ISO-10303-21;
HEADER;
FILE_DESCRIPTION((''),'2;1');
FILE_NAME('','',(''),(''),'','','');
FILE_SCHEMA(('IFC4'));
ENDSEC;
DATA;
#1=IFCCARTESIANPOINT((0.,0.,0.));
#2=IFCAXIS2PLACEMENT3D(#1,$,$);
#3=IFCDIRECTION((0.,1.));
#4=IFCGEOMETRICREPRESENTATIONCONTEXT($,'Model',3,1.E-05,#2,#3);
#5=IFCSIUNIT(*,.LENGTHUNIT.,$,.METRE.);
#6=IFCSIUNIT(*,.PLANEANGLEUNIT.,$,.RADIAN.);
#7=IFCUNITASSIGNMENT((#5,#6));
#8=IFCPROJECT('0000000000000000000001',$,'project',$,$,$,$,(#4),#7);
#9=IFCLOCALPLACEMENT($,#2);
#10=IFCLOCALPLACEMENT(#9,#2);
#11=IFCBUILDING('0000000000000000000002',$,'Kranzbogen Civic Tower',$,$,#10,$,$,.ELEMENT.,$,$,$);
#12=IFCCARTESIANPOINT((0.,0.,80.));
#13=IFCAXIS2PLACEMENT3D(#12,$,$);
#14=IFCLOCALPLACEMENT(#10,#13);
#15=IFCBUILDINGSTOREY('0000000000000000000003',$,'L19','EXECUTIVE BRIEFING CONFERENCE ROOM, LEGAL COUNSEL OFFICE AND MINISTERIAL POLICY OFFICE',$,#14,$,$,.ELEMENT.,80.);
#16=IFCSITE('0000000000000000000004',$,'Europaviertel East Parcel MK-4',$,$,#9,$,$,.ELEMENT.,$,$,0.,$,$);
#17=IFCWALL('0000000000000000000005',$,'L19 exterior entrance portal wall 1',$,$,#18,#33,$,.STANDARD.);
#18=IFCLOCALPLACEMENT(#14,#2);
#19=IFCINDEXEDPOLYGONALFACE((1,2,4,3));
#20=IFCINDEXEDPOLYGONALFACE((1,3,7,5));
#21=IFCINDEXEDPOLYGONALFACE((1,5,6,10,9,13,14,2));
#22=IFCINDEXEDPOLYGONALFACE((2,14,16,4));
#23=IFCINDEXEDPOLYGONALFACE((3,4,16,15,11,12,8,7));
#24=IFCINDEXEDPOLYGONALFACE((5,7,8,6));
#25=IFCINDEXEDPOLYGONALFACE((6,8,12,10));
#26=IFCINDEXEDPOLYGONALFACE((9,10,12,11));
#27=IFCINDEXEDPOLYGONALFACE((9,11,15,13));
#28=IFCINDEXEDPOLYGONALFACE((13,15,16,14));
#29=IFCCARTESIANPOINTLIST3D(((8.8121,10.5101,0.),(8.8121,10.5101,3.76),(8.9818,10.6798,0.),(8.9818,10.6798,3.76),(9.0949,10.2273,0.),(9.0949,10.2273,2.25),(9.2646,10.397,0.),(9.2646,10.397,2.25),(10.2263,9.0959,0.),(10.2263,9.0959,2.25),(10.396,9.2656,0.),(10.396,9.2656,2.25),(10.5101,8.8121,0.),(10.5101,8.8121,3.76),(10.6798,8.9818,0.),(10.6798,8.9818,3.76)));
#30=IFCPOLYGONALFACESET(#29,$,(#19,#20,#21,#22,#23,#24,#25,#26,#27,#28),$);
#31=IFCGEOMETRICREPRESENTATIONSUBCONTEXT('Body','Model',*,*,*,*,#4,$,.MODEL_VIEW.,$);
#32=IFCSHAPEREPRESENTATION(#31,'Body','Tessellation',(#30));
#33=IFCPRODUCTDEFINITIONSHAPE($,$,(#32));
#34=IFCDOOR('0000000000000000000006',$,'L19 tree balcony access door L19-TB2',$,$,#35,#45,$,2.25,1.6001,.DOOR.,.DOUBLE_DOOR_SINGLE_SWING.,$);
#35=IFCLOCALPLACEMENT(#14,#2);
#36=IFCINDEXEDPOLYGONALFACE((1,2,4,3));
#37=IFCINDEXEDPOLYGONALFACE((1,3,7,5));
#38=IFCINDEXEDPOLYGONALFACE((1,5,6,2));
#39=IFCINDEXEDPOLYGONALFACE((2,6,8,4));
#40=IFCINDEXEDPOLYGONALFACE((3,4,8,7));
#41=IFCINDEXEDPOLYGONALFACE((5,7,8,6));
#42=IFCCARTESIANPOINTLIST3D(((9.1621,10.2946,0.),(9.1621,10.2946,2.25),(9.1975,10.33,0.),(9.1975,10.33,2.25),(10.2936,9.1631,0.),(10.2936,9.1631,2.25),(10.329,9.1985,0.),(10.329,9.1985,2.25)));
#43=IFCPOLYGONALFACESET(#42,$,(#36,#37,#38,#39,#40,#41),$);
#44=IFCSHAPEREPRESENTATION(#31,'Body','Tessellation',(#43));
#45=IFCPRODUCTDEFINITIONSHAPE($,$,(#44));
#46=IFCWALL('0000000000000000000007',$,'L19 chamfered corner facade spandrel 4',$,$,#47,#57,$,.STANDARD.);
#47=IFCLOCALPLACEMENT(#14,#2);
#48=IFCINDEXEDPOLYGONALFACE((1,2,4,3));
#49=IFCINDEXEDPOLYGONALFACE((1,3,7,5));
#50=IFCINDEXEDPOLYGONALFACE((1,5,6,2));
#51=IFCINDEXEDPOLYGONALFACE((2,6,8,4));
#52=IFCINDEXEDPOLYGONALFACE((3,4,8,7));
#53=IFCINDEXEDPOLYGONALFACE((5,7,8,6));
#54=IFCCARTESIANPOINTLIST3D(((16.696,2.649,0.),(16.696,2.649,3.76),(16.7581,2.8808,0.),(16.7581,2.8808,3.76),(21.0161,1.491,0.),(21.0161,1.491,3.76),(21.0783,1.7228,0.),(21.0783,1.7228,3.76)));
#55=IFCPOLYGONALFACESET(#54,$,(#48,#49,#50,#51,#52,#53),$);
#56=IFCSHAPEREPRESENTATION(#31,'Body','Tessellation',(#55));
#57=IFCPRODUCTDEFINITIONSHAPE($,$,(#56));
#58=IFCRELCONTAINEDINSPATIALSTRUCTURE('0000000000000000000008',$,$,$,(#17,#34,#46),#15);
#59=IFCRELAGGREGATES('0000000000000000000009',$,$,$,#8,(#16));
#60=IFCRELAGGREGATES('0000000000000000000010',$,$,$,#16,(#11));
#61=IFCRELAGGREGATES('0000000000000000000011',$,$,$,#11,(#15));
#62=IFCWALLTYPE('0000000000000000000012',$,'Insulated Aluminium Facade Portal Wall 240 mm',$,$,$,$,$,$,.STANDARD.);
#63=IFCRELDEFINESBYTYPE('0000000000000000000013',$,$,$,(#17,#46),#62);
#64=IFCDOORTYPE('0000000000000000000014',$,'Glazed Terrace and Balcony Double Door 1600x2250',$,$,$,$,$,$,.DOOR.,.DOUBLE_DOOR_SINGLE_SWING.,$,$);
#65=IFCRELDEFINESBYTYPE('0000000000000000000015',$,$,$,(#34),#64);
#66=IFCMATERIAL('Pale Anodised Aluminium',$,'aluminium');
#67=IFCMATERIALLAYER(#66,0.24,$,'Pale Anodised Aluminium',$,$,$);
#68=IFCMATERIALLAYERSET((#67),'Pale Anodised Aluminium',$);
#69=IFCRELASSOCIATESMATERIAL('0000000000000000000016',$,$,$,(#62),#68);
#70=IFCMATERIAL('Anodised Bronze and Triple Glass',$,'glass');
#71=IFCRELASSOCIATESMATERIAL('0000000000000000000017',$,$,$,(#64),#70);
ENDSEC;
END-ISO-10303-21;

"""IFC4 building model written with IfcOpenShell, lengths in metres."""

from ifc_helpers import new_model, si_unit, direction, frame, frame_2d, origin, place, context, subcontext, project, spatial, rectangle, extrude, material, layer, layer_set, type_object, element, fill, save


model = new_model("IFC4")

# Units and contexts
model_context = context("Model", 3, precision=1e-05, world=origin(), true_north=direction((0.0, 1.0)))
body_context = subcontext(model_context, "Body", "Model", "MODEL_VIEW")
ifc_project = project(units=[si_unit("LENGTHUNIT", "METRE"), si_unit("PLANEANGLEUNIT", "RADIAN")], contexts=[model_context])

# Site, building, storey
site_placement = place(None, origin())
site = spatial("IfcSite", under=ifc_project, at=site_placement, Name="Europaviertel East Parcel MK-4", CompositionType="ELEMENT", RefElevation=0.0)
building_placement = place(site_placement, origin())
building = spatial("IfcBuilding", under=site, at=building_placement, Name="Kranzbogen Civic Tower", CompositionType="ELEMENT")
storey_placement = place(building_placement, frame((0.0, 0.0, 80.0)))
storey = spatial("IfcBuildingStorey", under=building, at=storey_placement, Name="L19", Description="EXECUTIVE BRIEFING CONFERENCE ROOM, LEGAL COUNSEL OFFICE AND MINISTERIAL POLICY OFFICE", CompositionType="ELEMENT", Elevation=80.0)

# Shared definitions
ifc_material_1 = material(Name="Pale Anodised Aluminium", Category="aluminium")

# Wall, opening, door
ifc_layer_1 = layer(ifc_material_1, 0.24, Name="Pale Anodised Aluminium")
ifc_layer_set_1 = layer_set([ifc_layer_1], Name="Pale Anodised Aluminium")
wall_type_1 = type_object("IfcWallType", Name="Insulated Aluminium Facade Portal Wall 240 mm", PredefinedType="STANDARD", material=ifc_layer_set_1)
wall_1_placement = place(storey_placement, frame((8.897, 10.595, 0.0), z_axis=(0.0, 0.0, 1.0), x_axis=(0.707107, -0.707107, 0.0)))
wall_1 = element("IfcWall", 1, at=wall_1_placement, inside=storey, type_object=wall_type_1, Name="L19 exterior entrance portal wall 1", PredefinedType="STANDARD", context=body_context, shape_type="SweptSolid", body=[
    extrude(rectangle(XDim=2.4014, YDim=0.24, at=frame_2d((1.2007, 0.0))), origin(), (0.0, 0.0, 1.0), 3.76),
])
opening_placement = place(wall_1_placement, frame((0.3999, 0.0, 0.0)))
opening = element("IfcOpeningElement", 2, at=opening_placement, cuts=wall_1, PredefinedType="OPENING", context=body_context, shape_type="SweptSolid", body=[
    extrude(rectangle(XDim=1.6001, YDim=2.25, at=frame_2d((0.8, 1.125))), frame((0.0, 0.1299, 0.0), z_axis=(0.0, -1.0, 0.0), x_axis=(1.0, 0.0, 0.0)), (0.0, 0.0, 1.0), 0.26),
])
ifc_material_2 = material(Name="Anodised Bronze and Triple Glass", Category="glass")
door_type = type_object("IfcDoorType", Name="Glazed Terrace and Balcony Double Door 1600x2250", OperationType="DOUBLE_DOOR_SINGLE_SWING", PredefinedType="DOOR", material=ifc_material_2)
door_placement = place(opening_placement, frame((1.6001, 0.0, 0.0), z_axis=(0.0, 0.0, 1.0), x_axis=(-1.0, 0.0, 0.0)))
door = element("IfcDoor", 3, at=door_placement, inside=storey, type_object=door_type, Name="L19 tree balcony access door L19-TB2", OperationType="DOUBLE_DOOR_SINGLE_SWING", OverallHeight=2.25, OverallWidth=1.6001, PredefinedType="DOOR", context=body_context, shape_type="SweptSolid", body=[
    extrude(rectangle(XDim=1.6001, YDim=2.25, at=frame_2d((0.8, 1.125))), frame((0.0, 0.0249, 0.0), z_axis=(0.0, -1.0, 0.0), x_axis=(1.0, 0.0, 0.0)), (0.0, 0.0, 1.0), 0.05),
])
fill(opening, door)

# Wall
wall_2_placement = place(storey_placement, frame((16.7271, 2.7649, 0.0), z_axis=(0.0, 0.0, 1.0), x_axis=(0.965903, -0.258903, 0.0)))
element("IfcWall", 4, at=wall_2_placement, inside=storey, type_object=wall_type_1, Name="L19 chamfered corner facade spandrel 4", PredefinedType="STANDARD", context=body_context, shape_type="SweptSolid", body=[
    extrude(rectangle(XDim=4.4727, YDim=0.24, at=frame_2d((2.2363, 0.0))), origin(), (0.0, 0.0, 1.0), 3.76),
])

save(model, "model.ifc")
